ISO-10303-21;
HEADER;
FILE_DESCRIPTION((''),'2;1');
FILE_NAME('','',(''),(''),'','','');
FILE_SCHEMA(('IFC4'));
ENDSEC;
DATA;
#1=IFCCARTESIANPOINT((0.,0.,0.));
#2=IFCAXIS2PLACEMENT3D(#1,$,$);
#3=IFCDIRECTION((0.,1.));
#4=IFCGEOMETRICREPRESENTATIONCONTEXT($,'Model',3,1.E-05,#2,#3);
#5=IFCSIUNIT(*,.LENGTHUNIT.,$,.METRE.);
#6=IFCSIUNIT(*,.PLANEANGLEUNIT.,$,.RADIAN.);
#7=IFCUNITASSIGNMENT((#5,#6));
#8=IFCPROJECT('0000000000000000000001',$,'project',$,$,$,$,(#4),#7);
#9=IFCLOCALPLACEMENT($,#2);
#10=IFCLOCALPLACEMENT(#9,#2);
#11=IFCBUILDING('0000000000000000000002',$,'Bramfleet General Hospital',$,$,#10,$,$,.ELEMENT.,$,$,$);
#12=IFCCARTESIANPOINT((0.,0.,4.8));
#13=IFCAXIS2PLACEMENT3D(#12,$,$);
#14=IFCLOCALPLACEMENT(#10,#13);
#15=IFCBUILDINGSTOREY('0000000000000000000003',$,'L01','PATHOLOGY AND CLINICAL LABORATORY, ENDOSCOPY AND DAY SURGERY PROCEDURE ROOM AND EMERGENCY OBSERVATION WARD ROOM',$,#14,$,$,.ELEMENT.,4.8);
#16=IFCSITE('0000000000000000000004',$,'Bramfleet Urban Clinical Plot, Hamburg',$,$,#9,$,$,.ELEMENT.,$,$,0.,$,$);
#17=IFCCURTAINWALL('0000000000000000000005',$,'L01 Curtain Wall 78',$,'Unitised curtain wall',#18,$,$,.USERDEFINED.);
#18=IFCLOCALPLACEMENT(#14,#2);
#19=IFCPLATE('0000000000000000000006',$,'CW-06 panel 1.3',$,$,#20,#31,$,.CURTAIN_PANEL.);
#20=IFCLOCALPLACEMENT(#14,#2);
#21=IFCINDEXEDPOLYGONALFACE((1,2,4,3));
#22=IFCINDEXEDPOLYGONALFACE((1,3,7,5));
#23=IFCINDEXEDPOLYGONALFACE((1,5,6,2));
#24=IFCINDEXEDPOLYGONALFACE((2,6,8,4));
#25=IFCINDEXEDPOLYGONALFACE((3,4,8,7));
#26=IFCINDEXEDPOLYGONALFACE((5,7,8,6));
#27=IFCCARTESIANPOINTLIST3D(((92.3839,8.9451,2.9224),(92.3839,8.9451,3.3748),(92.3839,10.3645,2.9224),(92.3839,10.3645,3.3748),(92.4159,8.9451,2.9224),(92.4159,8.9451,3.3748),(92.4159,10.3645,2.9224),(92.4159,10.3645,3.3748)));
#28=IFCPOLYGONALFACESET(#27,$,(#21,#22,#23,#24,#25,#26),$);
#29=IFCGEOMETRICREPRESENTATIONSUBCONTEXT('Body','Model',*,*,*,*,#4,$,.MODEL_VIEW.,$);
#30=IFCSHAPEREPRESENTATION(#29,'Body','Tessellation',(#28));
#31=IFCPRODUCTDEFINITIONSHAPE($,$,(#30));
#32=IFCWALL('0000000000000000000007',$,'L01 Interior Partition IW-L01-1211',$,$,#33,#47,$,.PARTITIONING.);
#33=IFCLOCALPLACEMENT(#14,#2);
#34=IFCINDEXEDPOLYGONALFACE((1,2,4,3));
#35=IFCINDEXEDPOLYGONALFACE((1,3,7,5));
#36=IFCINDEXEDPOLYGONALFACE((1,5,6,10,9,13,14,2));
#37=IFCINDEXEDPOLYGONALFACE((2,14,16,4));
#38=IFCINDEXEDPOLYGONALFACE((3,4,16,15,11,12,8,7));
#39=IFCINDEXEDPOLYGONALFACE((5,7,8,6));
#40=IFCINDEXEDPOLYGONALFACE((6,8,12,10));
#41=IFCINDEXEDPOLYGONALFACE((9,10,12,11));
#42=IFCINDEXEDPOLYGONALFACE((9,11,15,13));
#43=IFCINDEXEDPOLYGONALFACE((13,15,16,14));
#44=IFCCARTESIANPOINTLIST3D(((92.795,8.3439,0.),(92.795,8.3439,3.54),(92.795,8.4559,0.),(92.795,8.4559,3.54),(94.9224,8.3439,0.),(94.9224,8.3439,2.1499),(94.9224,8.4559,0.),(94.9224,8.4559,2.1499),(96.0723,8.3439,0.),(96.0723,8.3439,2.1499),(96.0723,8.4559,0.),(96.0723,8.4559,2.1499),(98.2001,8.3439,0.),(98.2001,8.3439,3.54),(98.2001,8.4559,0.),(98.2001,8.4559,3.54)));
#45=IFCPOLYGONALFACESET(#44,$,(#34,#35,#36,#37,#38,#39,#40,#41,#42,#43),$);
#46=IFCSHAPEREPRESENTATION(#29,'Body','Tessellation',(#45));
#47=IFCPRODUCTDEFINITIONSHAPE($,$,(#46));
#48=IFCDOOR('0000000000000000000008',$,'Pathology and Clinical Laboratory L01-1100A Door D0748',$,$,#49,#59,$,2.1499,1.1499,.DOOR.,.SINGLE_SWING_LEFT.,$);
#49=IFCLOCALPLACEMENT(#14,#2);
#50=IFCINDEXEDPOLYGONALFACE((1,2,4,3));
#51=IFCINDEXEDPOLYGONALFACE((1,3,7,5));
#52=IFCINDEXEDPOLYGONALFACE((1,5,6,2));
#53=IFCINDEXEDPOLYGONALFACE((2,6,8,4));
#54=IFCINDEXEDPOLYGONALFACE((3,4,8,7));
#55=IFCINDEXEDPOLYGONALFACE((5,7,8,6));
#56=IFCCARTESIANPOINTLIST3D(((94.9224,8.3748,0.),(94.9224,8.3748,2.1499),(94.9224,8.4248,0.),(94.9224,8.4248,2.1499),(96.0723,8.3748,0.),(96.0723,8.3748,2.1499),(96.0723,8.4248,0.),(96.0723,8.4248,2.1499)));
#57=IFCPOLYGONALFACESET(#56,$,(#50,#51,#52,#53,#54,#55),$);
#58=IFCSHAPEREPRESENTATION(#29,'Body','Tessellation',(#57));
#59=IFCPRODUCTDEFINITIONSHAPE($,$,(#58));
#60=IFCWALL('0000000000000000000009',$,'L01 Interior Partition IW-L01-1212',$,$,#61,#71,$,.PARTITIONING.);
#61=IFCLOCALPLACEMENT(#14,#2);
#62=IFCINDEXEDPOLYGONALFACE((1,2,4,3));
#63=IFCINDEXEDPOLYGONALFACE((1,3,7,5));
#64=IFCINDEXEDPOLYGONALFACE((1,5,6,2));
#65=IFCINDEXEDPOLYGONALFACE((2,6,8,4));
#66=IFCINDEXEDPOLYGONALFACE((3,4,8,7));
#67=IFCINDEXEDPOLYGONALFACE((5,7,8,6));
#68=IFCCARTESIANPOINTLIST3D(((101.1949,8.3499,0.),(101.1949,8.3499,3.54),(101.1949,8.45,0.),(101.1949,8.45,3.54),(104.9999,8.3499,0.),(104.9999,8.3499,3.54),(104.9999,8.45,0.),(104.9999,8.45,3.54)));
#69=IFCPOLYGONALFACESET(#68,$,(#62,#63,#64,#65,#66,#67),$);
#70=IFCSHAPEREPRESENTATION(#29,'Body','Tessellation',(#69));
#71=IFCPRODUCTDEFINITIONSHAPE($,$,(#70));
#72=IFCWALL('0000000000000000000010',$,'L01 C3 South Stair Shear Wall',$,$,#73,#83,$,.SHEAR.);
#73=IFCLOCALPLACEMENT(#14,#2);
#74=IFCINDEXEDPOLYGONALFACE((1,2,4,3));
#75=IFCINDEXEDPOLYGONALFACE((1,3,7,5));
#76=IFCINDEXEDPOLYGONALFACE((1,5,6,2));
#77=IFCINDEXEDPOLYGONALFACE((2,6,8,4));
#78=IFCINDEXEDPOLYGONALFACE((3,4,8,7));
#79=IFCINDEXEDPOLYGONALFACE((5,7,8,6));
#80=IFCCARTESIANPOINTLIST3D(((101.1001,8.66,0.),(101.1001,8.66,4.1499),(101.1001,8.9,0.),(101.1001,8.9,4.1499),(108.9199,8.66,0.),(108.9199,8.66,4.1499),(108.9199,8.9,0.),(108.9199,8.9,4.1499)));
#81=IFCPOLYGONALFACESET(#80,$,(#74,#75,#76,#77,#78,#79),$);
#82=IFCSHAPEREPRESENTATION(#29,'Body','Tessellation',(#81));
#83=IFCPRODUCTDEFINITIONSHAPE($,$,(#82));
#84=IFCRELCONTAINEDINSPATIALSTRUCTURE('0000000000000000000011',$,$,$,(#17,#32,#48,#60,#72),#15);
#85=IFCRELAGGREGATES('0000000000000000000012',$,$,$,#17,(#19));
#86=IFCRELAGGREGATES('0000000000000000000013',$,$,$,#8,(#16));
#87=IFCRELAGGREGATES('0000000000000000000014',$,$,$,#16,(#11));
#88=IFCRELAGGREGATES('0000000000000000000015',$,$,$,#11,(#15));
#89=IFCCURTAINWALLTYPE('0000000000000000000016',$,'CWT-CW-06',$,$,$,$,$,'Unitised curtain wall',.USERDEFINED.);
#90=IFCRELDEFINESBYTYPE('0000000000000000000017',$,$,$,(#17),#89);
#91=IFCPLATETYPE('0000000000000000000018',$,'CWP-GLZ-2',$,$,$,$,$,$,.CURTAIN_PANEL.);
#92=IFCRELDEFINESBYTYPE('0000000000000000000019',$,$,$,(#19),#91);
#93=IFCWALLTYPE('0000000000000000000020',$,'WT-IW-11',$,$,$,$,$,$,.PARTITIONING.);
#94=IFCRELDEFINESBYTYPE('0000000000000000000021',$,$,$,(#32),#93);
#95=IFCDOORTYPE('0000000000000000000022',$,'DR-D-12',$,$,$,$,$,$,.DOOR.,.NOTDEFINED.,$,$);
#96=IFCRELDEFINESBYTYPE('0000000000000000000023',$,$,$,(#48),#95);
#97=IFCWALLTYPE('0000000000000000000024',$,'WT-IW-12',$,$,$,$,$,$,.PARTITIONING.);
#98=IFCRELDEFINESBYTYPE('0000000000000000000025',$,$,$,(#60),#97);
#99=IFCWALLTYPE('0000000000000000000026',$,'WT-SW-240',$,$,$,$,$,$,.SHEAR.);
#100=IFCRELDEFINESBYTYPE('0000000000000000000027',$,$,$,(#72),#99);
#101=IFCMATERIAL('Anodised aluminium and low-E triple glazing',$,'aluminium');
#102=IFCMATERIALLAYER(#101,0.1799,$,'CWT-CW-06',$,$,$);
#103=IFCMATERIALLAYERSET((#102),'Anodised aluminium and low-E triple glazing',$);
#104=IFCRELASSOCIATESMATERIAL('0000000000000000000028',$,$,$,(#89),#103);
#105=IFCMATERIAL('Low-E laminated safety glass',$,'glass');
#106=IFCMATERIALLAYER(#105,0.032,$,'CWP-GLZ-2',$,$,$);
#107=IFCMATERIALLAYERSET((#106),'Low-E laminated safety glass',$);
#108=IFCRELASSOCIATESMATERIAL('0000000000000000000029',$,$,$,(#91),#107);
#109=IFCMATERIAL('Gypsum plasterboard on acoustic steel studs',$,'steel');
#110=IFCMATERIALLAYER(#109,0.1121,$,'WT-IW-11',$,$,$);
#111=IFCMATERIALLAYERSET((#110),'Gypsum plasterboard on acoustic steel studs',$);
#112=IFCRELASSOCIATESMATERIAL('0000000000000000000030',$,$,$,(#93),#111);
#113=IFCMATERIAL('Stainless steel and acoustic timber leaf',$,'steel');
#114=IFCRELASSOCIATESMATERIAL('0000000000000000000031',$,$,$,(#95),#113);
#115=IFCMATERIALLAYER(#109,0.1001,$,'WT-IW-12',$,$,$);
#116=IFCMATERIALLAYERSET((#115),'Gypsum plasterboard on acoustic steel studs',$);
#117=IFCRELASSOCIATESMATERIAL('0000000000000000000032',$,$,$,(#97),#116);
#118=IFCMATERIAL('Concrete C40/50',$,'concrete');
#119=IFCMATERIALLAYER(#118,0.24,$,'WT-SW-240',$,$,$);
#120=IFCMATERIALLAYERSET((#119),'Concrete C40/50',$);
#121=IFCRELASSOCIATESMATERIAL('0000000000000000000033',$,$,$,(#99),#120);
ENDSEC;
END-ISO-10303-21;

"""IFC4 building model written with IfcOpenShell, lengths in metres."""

from ifc_helpers import new_model, si_unit, direction, frame, frame_2d, origin, origin_2d, place, context, subcontext, project, spatial, rectangle, extrude, material, layer, layer_set, type_object, element, fill, aggregate, save


model = new_model("IFC4")

# Units and contexts
model_context = context("Model", 3, precision=1e-05, world=origin(), true_north=direction((0.0, 1.0)))
body_context = subcontext(model_context, "Body", "Model", "MODEL_VIEW")
ifc_project = project(units=[si_unit("LENGTHUNIT", "METRE"), si_unit("PLANEANGLEUNIT", "RADIAN")], contexts=[model_context])

# Site, building, storey
site_placement = place(None, origin())
site = spatial("IfcSite", under=ifc_project, at=site_placement, Name="Bramfleet Urban Clinical Plot, Hamburg", CompositionType="ELEMENT", RefElevation=0.0)
building_placement = place(site_placement, origin())
building = spatial("IfcBuilding", under=site, at=building_placement, Name="Bramfleet General Hospital", CompositionType="ELEMENT")
storey_placement = place(building_placement, frame((0.0, 0.0, 4.8)))
storey = spatial("IfcBuildingStorey", under=building, at=storey_placement, Name="L01", Description="PATHOLOGY AND CLINICAL LABORATORY, ENDOSCOPY AND DAY SURGERY PROCEDURE ROOM AND EMERGENCY OBSERVATION WARD ROOM", CompositionType="ELEMENT", Elevation=4.8)

# Shared definitions
ifc_material_1 = material(Name="Concrete C40/50", Category="concrete")

# Shared definitions
ifc_material_2 = material(Name="Anodised aluminium and low-E triple glazing", Category="aluminium")

# Curtain wall, plate
ifc_layer_1 = layer(ifc_material_2, 0.1799, Name="CWT-CW-06")
ifc_layer_set_1 = layer_set([ifc_layer_1], Name="Anodised aluminium and low-E triple glazing")
curtain_wall_type_1 = type_object("IfcCurtainWallType", Name="CWT-CW-06", ElementType="Unitised curtain wall", PredefinedType="USERDEFINED", material=ifc_layer_set_1)
curtain_wall_1_placement = place(storey_placement, origin())
curtain_wall_1 = element("IfcCurtainWall", 1, at=curtain_wall_1_placement, inside=storey, type_object=curtain_wall_type_1, Name="L01 Curtain Wall 78", ObjectType="Unitised curtain wall", PredefinedType="USERDEFINED")
ifc_material_3 = material(Name="Low-E laminated safety glass", Category="glass")
ifc_layer_2 = layer(ifc_material_3, 0.032, Name="CWP-GLZ-2")
ifc_layer_set_2 = layer_set([ifc_layer_2], Name="Low-E laminated safety glass")
plate_type = type_object("IfcPlateType", Name="CWP-GLZ-2", PredefinedType="CURTAIN_PANEL", material=ifc_layer_set_2)
plate_1_placement = place(storey_placement, frame((92.3999, 9.6548, 2.9224), z_axis=(0.0, 0.0, 1.0), x_axis=(0.0, 1.0, 0.0)))
plate_1 = element("IfcPlate", 2, at=plate_1_placement, type_object=plate_type, Name="CW-06 panel 1.3", PredefinedType="CURTAIN_PANEL", context=body_context, shape_type="SweptSolid", body=[
    extrude(rectangle(XDim=1.4194, YDim=0.032, at=origin_2d()), origin(), (0.0, 0.0, 1.0), 0.4524),
])
aggregate(curtain_wall_1, [plate_1])

# Wall, opening, door
ifc_material_4 = material(Name="Gypsum plasterboard on acoustic steel studs", Category="steel")
ifc_layer_3 = layer(ifc_material_4, 0.1121, Name="WT-IW-11")
ifc_layer_set_3 = layer_set([ifc_layer_3], Name="Gypsum plasterboard on acoustic steel studs")
wall_type_1 = type_object("IfcWallType", Name="WT-IW-11", PredefinedType="PARTITIONING", material=ifc_layer_set_3)
wall_1_placement = place(storey_placement, frame((92.7949, 8.3999, 0.0), z_axis=(0.0, 0.0, 1.0), x_axis=(1.0, 0.0, 0.0)))
wall_1 = element("IfcWall", 3, at=wall_1_placement, inside=storey, type_object=wall_type_1, Name="L01 Interior Partition IW-L01-1211", PredefinedType="PARTITIONING", context=body_context, shape_type="SweptSolid", body=[
    extrude(rectangle(XDim=5.405, YDim=0.1121, at=frame_2d((2.7026, 0.0))), origin(), (0.0, 0.0, 1.0), 3.54),
])
opening_placement = place(wall_1_placement, frame((2.1274, 0.0, 0.0)))
opening = element("IfcOpeningElement", 4, at=opening_placement, cuts=wall_1, PredefinedType="OPENING", context=body_context, shape_type="SweptSolid", body=[
    extrude(rectangle(XDim=1.1499, YDim=2.1499, at=frame_2d((0.575, 1.075))), frame((0.0, 0.0659, 0.0), z_axis=(0.0, -1.0, 0.0), x_axis=(1.0, 0.0, 0.0)), (0.0, 0.0, 1.0), 0.1321),
])
ifc_material_5 = material(Name="Stainless steel and acoustic timber leaf", Category="steel")
door_type = type_object("IfcDoorType", Name="DR-D-12", OperationType="NOTDEFINED", PredefinedType="DOOR", material=ifc_material_5)
door_placement = place(opening_placement, origin())
door = element("IfcDoor", 5, at=door_placement, inside=storey, type_object=door_type, Name="Pathology and Clinical Laboratory L01-1100A Door D0748", OperationType="SINGLE_SWING_LEFT", OverallHeight=2.1499, OverallWidth=1.1499, PredefinedType="DOOR", context=body_context, shape_type="SweptSolid", body=[
    extrude(rectangle(XDim=1.1499, YDim=2.1499, at=frame_2d((0.575, 1.075))), frame((0.0, 0.0249, 0.0), z_axis=(0.0, -1.0, 0.0), x_axis=(1.0, 0.0, 0.0)), (0.0, 0.0, 1.0), 0.05),
])
fill(opening, door)

# Walls
ifc_layer_4 = layer(ifc_material_4, 0.1001, Name="WT-IW-12")
ifc_layer_set_4 = layer_set([ifc_layer_4], Name="Gypsum plasterboard on acoustic steel studs")
wall_type_2 = type_object("IfcWallType", Name="WT-IW-12", PredefinedType="PARTITIONING", material=ifc_layer_set_4)
wall_2_placement = place(storey_placement, frame((101.1951, 8.3999, 0.0), z_axis=(0.0, 0.0, 1.0), x_axis=(1.0, 0.0, 0.0)))
element("IfcWall", 6, at=wall_2_placement, inside=storey, type_object=wall_type_2, Name="L01 Interior Partition IW-L01-1212", PredefinedType="PARTITIONING", context=body_context, shape_type="SweptSolid", body=[
    extrude(rectangle(XDim=3.8049, YDim=0.1001, at=frame_2d((1.9023, 0.0))), origin(), (0.0, 0.0, 1.0), 3.54),
])
ifc_layer_5 = layer(ifc_material_1, 0.24, Name="WT-SW-240")
ifc_layer_set_5 = layer_set([ifc_layer_5], Name="Concrete C40/50")
wall_type_3 = type_object("IfcWallType", Name="WT-SW-240", PredefinedType="SHEAR", material=ifc_layer_set_5)
wall_3_placement = place(storey_placement, frame((101.1001, 8.78, 0.0), z_axis=(0.0, 0.0, 1.0), x_axis=(1.0, 0.0, 0.0)))
element("IfcWall", 7, at=wall_3_placement, inside=storey, type_object=wall_type_3, Name="L01 C3 South Stair Shear Wall", PredefinedType="SHEAR", context=body_context, shape_type="SweptSolid", body=[
    extrude(rectangle(XDim=7.8198, YDim=0.24, at=frame_2d((3.9099, 0.0))), origin(), (0.0, 0.0, 1.0), 4.1499),
])

save(model, "model.ifc")
